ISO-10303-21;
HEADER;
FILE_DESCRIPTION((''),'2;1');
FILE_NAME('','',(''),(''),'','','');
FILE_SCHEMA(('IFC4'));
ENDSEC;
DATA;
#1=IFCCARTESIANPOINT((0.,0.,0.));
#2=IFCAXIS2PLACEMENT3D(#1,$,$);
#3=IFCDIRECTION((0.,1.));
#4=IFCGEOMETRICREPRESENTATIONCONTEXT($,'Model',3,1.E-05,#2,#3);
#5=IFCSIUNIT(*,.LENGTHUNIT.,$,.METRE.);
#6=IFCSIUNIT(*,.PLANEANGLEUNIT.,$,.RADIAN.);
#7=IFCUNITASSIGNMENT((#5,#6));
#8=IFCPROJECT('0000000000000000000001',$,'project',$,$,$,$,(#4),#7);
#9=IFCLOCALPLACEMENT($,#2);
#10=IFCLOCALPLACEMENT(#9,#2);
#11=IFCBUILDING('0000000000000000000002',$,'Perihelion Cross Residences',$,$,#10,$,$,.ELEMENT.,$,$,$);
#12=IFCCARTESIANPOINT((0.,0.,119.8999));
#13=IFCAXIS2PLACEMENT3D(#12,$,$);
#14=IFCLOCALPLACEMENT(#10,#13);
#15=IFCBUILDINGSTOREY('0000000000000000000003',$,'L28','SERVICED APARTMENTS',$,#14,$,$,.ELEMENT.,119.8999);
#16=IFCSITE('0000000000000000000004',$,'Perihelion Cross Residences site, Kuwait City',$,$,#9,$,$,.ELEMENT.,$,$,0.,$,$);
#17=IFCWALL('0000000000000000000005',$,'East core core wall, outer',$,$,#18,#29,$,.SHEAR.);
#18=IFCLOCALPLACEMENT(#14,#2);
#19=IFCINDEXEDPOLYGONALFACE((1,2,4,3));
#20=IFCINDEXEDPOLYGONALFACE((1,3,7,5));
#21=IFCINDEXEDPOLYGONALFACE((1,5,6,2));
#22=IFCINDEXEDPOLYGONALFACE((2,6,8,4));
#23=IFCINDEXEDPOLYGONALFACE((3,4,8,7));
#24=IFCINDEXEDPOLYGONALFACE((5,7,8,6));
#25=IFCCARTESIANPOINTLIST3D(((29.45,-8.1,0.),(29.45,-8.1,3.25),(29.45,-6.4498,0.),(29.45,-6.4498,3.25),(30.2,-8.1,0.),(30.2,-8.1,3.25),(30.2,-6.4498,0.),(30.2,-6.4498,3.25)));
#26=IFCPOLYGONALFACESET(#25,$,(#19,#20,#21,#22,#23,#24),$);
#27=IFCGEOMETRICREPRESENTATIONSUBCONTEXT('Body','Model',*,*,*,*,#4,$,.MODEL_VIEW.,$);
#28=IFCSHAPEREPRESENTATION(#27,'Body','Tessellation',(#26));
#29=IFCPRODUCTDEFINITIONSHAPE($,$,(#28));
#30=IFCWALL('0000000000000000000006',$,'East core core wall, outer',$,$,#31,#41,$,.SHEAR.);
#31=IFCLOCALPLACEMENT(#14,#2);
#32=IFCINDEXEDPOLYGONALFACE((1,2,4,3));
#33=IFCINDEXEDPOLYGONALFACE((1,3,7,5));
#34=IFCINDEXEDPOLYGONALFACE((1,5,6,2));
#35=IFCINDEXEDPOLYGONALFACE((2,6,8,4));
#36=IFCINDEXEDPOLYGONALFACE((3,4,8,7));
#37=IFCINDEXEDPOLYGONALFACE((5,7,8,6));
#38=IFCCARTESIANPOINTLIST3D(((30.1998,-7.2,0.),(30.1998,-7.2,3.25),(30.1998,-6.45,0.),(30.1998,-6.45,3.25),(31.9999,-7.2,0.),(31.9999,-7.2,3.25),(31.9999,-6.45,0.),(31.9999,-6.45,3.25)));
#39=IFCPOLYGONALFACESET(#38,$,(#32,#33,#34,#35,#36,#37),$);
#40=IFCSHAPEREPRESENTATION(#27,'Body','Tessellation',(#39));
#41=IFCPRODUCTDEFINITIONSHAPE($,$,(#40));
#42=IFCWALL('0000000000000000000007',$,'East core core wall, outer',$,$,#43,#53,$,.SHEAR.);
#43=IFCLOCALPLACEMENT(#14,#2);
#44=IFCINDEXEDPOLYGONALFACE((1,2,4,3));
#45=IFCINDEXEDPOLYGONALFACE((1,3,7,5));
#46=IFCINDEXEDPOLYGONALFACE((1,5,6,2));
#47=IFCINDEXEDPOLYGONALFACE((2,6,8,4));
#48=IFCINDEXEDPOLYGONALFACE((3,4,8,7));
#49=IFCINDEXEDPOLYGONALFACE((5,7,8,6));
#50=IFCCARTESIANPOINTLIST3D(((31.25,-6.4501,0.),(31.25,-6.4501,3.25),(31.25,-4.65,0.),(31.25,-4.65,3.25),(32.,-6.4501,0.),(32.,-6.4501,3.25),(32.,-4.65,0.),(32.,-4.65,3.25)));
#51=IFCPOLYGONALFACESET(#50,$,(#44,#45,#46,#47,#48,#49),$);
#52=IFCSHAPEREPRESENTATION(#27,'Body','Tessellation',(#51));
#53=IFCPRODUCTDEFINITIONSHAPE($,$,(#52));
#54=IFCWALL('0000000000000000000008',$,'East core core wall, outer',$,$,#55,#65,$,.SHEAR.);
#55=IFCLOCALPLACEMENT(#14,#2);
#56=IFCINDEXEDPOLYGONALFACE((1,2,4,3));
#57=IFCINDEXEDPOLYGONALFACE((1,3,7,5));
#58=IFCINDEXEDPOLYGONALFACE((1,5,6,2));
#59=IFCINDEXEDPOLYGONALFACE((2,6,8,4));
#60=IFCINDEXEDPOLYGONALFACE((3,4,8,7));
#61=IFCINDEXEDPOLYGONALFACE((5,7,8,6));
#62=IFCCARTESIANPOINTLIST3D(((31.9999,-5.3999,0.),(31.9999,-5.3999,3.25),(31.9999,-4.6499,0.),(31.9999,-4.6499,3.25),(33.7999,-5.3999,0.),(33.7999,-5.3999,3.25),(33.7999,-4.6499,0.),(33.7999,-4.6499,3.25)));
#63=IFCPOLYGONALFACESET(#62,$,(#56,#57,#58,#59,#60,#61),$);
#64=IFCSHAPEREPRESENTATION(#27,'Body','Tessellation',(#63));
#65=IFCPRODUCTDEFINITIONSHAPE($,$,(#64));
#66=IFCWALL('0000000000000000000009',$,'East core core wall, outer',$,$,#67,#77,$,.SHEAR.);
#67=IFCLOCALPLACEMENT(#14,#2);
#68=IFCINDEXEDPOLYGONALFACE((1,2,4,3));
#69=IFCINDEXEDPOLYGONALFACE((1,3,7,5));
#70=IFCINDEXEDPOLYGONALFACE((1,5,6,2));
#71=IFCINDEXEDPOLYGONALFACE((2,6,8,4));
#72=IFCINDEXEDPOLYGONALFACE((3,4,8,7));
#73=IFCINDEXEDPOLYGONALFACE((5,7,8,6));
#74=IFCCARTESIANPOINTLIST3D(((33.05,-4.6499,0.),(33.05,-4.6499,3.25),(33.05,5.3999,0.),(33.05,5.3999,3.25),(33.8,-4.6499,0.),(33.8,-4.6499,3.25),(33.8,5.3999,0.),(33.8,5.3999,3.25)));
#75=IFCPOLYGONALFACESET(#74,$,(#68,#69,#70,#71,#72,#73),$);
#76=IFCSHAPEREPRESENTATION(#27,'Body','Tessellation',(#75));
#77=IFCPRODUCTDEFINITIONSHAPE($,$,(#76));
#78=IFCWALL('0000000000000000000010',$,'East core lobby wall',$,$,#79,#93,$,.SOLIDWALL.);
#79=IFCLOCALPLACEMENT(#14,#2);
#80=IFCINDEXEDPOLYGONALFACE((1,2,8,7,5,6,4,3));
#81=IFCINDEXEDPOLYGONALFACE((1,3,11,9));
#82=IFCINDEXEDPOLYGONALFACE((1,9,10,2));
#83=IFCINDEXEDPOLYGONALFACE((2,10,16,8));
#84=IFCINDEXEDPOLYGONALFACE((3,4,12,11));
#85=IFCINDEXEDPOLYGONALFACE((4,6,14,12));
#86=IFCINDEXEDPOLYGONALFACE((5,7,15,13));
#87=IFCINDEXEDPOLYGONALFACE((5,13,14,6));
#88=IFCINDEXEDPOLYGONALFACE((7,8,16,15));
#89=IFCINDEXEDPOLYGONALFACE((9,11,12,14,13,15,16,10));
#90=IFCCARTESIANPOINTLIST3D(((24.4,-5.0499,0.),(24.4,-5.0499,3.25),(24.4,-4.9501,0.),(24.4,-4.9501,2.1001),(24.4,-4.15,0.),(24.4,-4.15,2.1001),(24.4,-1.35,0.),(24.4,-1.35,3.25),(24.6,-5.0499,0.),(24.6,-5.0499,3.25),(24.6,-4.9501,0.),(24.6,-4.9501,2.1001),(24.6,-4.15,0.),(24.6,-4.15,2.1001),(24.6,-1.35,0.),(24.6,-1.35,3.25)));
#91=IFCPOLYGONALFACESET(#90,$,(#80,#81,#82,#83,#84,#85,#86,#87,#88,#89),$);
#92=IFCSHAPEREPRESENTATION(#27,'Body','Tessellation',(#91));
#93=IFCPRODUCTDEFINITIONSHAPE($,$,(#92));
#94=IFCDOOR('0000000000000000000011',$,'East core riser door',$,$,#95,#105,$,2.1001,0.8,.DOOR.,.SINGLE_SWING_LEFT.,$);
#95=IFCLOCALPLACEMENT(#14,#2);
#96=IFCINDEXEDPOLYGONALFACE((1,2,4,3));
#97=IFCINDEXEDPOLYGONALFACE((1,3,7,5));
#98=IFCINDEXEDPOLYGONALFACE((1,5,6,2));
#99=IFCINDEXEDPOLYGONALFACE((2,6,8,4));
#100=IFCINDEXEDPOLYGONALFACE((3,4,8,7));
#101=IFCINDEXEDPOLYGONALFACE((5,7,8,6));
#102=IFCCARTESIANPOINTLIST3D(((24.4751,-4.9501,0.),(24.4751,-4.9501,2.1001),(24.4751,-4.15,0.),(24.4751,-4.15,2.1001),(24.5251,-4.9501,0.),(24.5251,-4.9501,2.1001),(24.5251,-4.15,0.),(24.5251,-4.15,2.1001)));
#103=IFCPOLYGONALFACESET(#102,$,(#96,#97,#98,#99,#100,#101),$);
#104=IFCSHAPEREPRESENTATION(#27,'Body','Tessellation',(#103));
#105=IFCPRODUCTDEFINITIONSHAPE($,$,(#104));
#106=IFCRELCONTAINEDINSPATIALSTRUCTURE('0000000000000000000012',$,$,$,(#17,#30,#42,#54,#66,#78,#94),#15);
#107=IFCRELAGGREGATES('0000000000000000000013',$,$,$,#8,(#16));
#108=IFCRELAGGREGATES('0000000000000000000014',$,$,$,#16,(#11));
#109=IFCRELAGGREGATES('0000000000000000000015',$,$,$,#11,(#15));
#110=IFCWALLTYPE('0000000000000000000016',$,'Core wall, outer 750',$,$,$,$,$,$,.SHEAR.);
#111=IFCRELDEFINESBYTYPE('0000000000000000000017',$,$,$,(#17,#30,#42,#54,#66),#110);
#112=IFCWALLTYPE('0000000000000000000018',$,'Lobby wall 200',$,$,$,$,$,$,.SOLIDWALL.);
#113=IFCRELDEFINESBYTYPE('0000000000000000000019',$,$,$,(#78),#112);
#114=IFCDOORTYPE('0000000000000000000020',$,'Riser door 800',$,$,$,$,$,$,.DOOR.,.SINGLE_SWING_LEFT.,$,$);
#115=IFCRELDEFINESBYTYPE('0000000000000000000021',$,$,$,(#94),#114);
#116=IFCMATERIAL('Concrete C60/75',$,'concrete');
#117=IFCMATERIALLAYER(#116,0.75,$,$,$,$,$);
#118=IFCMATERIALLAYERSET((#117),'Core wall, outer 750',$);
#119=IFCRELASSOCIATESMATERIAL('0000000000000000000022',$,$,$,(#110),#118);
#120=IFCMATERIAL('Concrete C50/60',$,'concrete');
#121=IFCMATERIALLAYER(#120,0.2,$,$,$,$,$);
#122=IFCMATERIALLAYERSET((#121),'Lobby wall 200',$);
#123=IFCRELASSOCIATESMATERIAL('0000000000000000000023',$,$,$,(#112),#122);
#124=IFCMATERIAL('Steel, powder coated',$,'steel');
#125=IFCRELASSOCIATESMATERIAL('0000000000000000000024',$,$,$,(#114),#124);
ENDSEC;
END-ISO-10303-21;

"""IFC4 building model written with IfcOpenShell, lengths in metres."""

from ifc_helpers import new_model, si_unit, direction, frame, frame_2d, origin, place, context, subcontext, project, spatial, rectangle, extrude, material, layer, layer_set, type_object, element, fill, save


model = new_model("IFC4")

# Units and contexts
model_context = context("Model", 3, precision=1e-05, world=origin(), true_north=direction((0.0, 1.0)))
body_context = subcontext(model_context, "Body", "Model", "MODEL_VIEW")
ifc_project = project(units=[si_unit("LENGTHUNIT", "METRE"), si_unit("PLANEANGLEUNIT", "RADIAN")], contexts=[model_context])

# Site, building, storey
site_placement = place(None, origin())
site = spatial("IfcSite", under=ifc_project, at=site_placement, Name="Perihelion Cross Residences site, Kuwait City", CompositionType="ELEMENT", RefElevation=0.0)
building_placement = place(site_placement, origin())
building = spatial("IfcBuilding", under=site, at=building_placement, Name="Perihelion Cross Residences", CompositionType="ELEMENT")
storey_placement = place(building_placement, frame((0.0, 0.0, 119.8999)))
storey = spatial("IfcBuildingStorey", under=building, at=storey_placement, Name="L28", Description="SERVICED APARTMENTS", CompositionType="ELEMENT", Elevation=119.8999)

# Walls
ifc_material_1 = material(Name="Concrete C60/75", Category="concrete")
ifc_layer_1 = layer(ifc_material_1, 0.75)
ifc_layer_set_1 = layer_set([ifc_layer_1], Name="Core wall, outer 750")
wall_type_1 = type_object("IfcWallType", Name="Core wall, outer 750", PredefinedType="SHEAR", material=ifc_layer_set_1)
wall_1_placement = place(storey_placement, frame((29.825, -8.1001, 0.0), z_axis=(0.0, 0.0, 1.0), x_axis=(0.0, 1.0, 0.0)))
element("IfcWall", 1, at=wall_1_placement, inside=storey, type_object=wall_type_1, Name="East core core wall, outer", PredefinedType="SHEAR", context=body_context, shape_type="SweptSolid", body=[
    extrude(rectangle(XDim=1.6501, YDim=0.75, at=frame_2d((0.8252, 0.0))), origin(), (0.0, 0.0, 1.0), 3.25),
])
for number, where, z_axis, x_axis, name in (
    (2, (30.2, -6.825, 0.0), (0.0, 0.0, 1.0), (1.0, 0.0, 0.0), "East core core wall, outer"),
    (3, (31.625, -6.45, 0.0), (0.0, 0.0, 1.0), (0.0, 1.0, 0.0), "East core core wall, outer"),
    (4, (32.0, -5.0249, 0.0), (0.0, 0.0, 1.0), (1.0, 0.0, 0.0), "East core core wall, outer"),
):
    element("IfcWall", number, at=place(storey_placement, frame(where, z_axis=z_axis, x_axis=x_axis)), inside=storey, type_object=wall_type_1, Name=name, PredefinedType="SHEAR", context=body_context, shape_type="SweptSolid", body=[
        extrude(rectangle(XDim=1.8, YDim=0.75, at=frame_2d((0.8999, 0.0))), origin(), (0.0, 0.0, 1.0), 3.25),
    ])
wall_2_placement = place(storey_placement, frame((33.425, -4.6499, 0.0), z_axis=(0.0, 0.0, 1.0), x_axis=(0.0, 1.0, 0.0)))
element("IfcWall", 5, at=wall_2_placement, inside=storey, type_object=wall_type_1, Name="East core core wall, outer", PredefinedType="SHEAR", context=body_context, shape_type="SweptSolid", body=[
    extrude(rectangle(XDim=10.0498, YDim=0.75, at=frame_2d((5.0249, 0.0))), origin(), (0.0, 0.0, 1.0), 3.25),
])

# Wall, opening, door
ifc_material_2 = material(Name="Concrete C50/60", Category="concrete")
ifc_layer_2 = layer(ifc_material_2, 0.2)
ifc_layer_set_2 = layer_set([ifc_layer_2], Name="Lobby wall 200")
wall_type_2 = type_object("IfcWallType", Name="Lobby wall 200", PredefinedType="SOLIDWALL", material=ifc_layer_set_2)
wall_3_placement = place(storey_placement, frame((24.5, -5.05, 0.0), z_axis=(0.0, 0.0, 1.0), x_axis=(0.0, 1.0, 0.0)))
wall_3 = element("IfcWall", 6, at=wall_3_placement, inside=storey, type_object=wall_type_2, Name="East core lobby wall", PredefinedType="SOLIDWALL", context=body_context, shape_type="SweptSolid", body=[
    extrude(rectangle(XDim=3.7, YDim=0.2, at=frame_2d((1.8501, 0.0))), origin(), (0.0, 0.0, 1.0), 3.25),
])
opening_1_placement = place(wall_3_placement, frame((0.1001, 0.0, 0.0)))
opening_1 = element("IfcOpeningElement", 7, at=opening_1_placement, cuts=wall_3, PredefinedType="OPENING", context=body_context, shape_type="SweptSolid", body=[
    extrude(rectangle(XDim=0.8, YDim=2.1001, at=frame_2d((0.3999, 1.05))), frame((0.0, 0.1099, 0.0), z_axis=(0.0, -1.0, 0.0), x_axis=(1.0, 0.0, 0.0)), (0.0, 0.0, 1.0), 0.22),
])
ifc_material_3 = material(Name="Steel, powder coated", Category="steel")
door_type_1 = type_object("IfcDoorType", Name="Riser door 800", OperationType="SINGLE_SWING_LEFT", PredefinedType="DOOR", material=ifc_material_3)
door_1_placement = place(opening_1_placement, origin())
door_1 = element("IfcDoor", 8, at=door_1_placement, inside=storey, type_object=door_type_1, Name="East core riser door", OperationType="SINGLE_SWING_LEFT", OverallHeight=2.1001, OverallWidth=0.8, PredefinedType="DOOR", context=body_context, shape_type="SweptSolid", body=[
    extrude(rectangle(XDim=0.8, YDim=2.1001, at=frame_2d((0.3999, 1.05))), frame((0.0, 0.0249, 0.0), z_axis=(0.0, -1.0, 0.0), x_axis=(1.0, 0.0, 0.0)), (0.0, 0.0, 1.0), 0.05),
])
fill(opening_1, door_1)

save(model, "model.ifc")
